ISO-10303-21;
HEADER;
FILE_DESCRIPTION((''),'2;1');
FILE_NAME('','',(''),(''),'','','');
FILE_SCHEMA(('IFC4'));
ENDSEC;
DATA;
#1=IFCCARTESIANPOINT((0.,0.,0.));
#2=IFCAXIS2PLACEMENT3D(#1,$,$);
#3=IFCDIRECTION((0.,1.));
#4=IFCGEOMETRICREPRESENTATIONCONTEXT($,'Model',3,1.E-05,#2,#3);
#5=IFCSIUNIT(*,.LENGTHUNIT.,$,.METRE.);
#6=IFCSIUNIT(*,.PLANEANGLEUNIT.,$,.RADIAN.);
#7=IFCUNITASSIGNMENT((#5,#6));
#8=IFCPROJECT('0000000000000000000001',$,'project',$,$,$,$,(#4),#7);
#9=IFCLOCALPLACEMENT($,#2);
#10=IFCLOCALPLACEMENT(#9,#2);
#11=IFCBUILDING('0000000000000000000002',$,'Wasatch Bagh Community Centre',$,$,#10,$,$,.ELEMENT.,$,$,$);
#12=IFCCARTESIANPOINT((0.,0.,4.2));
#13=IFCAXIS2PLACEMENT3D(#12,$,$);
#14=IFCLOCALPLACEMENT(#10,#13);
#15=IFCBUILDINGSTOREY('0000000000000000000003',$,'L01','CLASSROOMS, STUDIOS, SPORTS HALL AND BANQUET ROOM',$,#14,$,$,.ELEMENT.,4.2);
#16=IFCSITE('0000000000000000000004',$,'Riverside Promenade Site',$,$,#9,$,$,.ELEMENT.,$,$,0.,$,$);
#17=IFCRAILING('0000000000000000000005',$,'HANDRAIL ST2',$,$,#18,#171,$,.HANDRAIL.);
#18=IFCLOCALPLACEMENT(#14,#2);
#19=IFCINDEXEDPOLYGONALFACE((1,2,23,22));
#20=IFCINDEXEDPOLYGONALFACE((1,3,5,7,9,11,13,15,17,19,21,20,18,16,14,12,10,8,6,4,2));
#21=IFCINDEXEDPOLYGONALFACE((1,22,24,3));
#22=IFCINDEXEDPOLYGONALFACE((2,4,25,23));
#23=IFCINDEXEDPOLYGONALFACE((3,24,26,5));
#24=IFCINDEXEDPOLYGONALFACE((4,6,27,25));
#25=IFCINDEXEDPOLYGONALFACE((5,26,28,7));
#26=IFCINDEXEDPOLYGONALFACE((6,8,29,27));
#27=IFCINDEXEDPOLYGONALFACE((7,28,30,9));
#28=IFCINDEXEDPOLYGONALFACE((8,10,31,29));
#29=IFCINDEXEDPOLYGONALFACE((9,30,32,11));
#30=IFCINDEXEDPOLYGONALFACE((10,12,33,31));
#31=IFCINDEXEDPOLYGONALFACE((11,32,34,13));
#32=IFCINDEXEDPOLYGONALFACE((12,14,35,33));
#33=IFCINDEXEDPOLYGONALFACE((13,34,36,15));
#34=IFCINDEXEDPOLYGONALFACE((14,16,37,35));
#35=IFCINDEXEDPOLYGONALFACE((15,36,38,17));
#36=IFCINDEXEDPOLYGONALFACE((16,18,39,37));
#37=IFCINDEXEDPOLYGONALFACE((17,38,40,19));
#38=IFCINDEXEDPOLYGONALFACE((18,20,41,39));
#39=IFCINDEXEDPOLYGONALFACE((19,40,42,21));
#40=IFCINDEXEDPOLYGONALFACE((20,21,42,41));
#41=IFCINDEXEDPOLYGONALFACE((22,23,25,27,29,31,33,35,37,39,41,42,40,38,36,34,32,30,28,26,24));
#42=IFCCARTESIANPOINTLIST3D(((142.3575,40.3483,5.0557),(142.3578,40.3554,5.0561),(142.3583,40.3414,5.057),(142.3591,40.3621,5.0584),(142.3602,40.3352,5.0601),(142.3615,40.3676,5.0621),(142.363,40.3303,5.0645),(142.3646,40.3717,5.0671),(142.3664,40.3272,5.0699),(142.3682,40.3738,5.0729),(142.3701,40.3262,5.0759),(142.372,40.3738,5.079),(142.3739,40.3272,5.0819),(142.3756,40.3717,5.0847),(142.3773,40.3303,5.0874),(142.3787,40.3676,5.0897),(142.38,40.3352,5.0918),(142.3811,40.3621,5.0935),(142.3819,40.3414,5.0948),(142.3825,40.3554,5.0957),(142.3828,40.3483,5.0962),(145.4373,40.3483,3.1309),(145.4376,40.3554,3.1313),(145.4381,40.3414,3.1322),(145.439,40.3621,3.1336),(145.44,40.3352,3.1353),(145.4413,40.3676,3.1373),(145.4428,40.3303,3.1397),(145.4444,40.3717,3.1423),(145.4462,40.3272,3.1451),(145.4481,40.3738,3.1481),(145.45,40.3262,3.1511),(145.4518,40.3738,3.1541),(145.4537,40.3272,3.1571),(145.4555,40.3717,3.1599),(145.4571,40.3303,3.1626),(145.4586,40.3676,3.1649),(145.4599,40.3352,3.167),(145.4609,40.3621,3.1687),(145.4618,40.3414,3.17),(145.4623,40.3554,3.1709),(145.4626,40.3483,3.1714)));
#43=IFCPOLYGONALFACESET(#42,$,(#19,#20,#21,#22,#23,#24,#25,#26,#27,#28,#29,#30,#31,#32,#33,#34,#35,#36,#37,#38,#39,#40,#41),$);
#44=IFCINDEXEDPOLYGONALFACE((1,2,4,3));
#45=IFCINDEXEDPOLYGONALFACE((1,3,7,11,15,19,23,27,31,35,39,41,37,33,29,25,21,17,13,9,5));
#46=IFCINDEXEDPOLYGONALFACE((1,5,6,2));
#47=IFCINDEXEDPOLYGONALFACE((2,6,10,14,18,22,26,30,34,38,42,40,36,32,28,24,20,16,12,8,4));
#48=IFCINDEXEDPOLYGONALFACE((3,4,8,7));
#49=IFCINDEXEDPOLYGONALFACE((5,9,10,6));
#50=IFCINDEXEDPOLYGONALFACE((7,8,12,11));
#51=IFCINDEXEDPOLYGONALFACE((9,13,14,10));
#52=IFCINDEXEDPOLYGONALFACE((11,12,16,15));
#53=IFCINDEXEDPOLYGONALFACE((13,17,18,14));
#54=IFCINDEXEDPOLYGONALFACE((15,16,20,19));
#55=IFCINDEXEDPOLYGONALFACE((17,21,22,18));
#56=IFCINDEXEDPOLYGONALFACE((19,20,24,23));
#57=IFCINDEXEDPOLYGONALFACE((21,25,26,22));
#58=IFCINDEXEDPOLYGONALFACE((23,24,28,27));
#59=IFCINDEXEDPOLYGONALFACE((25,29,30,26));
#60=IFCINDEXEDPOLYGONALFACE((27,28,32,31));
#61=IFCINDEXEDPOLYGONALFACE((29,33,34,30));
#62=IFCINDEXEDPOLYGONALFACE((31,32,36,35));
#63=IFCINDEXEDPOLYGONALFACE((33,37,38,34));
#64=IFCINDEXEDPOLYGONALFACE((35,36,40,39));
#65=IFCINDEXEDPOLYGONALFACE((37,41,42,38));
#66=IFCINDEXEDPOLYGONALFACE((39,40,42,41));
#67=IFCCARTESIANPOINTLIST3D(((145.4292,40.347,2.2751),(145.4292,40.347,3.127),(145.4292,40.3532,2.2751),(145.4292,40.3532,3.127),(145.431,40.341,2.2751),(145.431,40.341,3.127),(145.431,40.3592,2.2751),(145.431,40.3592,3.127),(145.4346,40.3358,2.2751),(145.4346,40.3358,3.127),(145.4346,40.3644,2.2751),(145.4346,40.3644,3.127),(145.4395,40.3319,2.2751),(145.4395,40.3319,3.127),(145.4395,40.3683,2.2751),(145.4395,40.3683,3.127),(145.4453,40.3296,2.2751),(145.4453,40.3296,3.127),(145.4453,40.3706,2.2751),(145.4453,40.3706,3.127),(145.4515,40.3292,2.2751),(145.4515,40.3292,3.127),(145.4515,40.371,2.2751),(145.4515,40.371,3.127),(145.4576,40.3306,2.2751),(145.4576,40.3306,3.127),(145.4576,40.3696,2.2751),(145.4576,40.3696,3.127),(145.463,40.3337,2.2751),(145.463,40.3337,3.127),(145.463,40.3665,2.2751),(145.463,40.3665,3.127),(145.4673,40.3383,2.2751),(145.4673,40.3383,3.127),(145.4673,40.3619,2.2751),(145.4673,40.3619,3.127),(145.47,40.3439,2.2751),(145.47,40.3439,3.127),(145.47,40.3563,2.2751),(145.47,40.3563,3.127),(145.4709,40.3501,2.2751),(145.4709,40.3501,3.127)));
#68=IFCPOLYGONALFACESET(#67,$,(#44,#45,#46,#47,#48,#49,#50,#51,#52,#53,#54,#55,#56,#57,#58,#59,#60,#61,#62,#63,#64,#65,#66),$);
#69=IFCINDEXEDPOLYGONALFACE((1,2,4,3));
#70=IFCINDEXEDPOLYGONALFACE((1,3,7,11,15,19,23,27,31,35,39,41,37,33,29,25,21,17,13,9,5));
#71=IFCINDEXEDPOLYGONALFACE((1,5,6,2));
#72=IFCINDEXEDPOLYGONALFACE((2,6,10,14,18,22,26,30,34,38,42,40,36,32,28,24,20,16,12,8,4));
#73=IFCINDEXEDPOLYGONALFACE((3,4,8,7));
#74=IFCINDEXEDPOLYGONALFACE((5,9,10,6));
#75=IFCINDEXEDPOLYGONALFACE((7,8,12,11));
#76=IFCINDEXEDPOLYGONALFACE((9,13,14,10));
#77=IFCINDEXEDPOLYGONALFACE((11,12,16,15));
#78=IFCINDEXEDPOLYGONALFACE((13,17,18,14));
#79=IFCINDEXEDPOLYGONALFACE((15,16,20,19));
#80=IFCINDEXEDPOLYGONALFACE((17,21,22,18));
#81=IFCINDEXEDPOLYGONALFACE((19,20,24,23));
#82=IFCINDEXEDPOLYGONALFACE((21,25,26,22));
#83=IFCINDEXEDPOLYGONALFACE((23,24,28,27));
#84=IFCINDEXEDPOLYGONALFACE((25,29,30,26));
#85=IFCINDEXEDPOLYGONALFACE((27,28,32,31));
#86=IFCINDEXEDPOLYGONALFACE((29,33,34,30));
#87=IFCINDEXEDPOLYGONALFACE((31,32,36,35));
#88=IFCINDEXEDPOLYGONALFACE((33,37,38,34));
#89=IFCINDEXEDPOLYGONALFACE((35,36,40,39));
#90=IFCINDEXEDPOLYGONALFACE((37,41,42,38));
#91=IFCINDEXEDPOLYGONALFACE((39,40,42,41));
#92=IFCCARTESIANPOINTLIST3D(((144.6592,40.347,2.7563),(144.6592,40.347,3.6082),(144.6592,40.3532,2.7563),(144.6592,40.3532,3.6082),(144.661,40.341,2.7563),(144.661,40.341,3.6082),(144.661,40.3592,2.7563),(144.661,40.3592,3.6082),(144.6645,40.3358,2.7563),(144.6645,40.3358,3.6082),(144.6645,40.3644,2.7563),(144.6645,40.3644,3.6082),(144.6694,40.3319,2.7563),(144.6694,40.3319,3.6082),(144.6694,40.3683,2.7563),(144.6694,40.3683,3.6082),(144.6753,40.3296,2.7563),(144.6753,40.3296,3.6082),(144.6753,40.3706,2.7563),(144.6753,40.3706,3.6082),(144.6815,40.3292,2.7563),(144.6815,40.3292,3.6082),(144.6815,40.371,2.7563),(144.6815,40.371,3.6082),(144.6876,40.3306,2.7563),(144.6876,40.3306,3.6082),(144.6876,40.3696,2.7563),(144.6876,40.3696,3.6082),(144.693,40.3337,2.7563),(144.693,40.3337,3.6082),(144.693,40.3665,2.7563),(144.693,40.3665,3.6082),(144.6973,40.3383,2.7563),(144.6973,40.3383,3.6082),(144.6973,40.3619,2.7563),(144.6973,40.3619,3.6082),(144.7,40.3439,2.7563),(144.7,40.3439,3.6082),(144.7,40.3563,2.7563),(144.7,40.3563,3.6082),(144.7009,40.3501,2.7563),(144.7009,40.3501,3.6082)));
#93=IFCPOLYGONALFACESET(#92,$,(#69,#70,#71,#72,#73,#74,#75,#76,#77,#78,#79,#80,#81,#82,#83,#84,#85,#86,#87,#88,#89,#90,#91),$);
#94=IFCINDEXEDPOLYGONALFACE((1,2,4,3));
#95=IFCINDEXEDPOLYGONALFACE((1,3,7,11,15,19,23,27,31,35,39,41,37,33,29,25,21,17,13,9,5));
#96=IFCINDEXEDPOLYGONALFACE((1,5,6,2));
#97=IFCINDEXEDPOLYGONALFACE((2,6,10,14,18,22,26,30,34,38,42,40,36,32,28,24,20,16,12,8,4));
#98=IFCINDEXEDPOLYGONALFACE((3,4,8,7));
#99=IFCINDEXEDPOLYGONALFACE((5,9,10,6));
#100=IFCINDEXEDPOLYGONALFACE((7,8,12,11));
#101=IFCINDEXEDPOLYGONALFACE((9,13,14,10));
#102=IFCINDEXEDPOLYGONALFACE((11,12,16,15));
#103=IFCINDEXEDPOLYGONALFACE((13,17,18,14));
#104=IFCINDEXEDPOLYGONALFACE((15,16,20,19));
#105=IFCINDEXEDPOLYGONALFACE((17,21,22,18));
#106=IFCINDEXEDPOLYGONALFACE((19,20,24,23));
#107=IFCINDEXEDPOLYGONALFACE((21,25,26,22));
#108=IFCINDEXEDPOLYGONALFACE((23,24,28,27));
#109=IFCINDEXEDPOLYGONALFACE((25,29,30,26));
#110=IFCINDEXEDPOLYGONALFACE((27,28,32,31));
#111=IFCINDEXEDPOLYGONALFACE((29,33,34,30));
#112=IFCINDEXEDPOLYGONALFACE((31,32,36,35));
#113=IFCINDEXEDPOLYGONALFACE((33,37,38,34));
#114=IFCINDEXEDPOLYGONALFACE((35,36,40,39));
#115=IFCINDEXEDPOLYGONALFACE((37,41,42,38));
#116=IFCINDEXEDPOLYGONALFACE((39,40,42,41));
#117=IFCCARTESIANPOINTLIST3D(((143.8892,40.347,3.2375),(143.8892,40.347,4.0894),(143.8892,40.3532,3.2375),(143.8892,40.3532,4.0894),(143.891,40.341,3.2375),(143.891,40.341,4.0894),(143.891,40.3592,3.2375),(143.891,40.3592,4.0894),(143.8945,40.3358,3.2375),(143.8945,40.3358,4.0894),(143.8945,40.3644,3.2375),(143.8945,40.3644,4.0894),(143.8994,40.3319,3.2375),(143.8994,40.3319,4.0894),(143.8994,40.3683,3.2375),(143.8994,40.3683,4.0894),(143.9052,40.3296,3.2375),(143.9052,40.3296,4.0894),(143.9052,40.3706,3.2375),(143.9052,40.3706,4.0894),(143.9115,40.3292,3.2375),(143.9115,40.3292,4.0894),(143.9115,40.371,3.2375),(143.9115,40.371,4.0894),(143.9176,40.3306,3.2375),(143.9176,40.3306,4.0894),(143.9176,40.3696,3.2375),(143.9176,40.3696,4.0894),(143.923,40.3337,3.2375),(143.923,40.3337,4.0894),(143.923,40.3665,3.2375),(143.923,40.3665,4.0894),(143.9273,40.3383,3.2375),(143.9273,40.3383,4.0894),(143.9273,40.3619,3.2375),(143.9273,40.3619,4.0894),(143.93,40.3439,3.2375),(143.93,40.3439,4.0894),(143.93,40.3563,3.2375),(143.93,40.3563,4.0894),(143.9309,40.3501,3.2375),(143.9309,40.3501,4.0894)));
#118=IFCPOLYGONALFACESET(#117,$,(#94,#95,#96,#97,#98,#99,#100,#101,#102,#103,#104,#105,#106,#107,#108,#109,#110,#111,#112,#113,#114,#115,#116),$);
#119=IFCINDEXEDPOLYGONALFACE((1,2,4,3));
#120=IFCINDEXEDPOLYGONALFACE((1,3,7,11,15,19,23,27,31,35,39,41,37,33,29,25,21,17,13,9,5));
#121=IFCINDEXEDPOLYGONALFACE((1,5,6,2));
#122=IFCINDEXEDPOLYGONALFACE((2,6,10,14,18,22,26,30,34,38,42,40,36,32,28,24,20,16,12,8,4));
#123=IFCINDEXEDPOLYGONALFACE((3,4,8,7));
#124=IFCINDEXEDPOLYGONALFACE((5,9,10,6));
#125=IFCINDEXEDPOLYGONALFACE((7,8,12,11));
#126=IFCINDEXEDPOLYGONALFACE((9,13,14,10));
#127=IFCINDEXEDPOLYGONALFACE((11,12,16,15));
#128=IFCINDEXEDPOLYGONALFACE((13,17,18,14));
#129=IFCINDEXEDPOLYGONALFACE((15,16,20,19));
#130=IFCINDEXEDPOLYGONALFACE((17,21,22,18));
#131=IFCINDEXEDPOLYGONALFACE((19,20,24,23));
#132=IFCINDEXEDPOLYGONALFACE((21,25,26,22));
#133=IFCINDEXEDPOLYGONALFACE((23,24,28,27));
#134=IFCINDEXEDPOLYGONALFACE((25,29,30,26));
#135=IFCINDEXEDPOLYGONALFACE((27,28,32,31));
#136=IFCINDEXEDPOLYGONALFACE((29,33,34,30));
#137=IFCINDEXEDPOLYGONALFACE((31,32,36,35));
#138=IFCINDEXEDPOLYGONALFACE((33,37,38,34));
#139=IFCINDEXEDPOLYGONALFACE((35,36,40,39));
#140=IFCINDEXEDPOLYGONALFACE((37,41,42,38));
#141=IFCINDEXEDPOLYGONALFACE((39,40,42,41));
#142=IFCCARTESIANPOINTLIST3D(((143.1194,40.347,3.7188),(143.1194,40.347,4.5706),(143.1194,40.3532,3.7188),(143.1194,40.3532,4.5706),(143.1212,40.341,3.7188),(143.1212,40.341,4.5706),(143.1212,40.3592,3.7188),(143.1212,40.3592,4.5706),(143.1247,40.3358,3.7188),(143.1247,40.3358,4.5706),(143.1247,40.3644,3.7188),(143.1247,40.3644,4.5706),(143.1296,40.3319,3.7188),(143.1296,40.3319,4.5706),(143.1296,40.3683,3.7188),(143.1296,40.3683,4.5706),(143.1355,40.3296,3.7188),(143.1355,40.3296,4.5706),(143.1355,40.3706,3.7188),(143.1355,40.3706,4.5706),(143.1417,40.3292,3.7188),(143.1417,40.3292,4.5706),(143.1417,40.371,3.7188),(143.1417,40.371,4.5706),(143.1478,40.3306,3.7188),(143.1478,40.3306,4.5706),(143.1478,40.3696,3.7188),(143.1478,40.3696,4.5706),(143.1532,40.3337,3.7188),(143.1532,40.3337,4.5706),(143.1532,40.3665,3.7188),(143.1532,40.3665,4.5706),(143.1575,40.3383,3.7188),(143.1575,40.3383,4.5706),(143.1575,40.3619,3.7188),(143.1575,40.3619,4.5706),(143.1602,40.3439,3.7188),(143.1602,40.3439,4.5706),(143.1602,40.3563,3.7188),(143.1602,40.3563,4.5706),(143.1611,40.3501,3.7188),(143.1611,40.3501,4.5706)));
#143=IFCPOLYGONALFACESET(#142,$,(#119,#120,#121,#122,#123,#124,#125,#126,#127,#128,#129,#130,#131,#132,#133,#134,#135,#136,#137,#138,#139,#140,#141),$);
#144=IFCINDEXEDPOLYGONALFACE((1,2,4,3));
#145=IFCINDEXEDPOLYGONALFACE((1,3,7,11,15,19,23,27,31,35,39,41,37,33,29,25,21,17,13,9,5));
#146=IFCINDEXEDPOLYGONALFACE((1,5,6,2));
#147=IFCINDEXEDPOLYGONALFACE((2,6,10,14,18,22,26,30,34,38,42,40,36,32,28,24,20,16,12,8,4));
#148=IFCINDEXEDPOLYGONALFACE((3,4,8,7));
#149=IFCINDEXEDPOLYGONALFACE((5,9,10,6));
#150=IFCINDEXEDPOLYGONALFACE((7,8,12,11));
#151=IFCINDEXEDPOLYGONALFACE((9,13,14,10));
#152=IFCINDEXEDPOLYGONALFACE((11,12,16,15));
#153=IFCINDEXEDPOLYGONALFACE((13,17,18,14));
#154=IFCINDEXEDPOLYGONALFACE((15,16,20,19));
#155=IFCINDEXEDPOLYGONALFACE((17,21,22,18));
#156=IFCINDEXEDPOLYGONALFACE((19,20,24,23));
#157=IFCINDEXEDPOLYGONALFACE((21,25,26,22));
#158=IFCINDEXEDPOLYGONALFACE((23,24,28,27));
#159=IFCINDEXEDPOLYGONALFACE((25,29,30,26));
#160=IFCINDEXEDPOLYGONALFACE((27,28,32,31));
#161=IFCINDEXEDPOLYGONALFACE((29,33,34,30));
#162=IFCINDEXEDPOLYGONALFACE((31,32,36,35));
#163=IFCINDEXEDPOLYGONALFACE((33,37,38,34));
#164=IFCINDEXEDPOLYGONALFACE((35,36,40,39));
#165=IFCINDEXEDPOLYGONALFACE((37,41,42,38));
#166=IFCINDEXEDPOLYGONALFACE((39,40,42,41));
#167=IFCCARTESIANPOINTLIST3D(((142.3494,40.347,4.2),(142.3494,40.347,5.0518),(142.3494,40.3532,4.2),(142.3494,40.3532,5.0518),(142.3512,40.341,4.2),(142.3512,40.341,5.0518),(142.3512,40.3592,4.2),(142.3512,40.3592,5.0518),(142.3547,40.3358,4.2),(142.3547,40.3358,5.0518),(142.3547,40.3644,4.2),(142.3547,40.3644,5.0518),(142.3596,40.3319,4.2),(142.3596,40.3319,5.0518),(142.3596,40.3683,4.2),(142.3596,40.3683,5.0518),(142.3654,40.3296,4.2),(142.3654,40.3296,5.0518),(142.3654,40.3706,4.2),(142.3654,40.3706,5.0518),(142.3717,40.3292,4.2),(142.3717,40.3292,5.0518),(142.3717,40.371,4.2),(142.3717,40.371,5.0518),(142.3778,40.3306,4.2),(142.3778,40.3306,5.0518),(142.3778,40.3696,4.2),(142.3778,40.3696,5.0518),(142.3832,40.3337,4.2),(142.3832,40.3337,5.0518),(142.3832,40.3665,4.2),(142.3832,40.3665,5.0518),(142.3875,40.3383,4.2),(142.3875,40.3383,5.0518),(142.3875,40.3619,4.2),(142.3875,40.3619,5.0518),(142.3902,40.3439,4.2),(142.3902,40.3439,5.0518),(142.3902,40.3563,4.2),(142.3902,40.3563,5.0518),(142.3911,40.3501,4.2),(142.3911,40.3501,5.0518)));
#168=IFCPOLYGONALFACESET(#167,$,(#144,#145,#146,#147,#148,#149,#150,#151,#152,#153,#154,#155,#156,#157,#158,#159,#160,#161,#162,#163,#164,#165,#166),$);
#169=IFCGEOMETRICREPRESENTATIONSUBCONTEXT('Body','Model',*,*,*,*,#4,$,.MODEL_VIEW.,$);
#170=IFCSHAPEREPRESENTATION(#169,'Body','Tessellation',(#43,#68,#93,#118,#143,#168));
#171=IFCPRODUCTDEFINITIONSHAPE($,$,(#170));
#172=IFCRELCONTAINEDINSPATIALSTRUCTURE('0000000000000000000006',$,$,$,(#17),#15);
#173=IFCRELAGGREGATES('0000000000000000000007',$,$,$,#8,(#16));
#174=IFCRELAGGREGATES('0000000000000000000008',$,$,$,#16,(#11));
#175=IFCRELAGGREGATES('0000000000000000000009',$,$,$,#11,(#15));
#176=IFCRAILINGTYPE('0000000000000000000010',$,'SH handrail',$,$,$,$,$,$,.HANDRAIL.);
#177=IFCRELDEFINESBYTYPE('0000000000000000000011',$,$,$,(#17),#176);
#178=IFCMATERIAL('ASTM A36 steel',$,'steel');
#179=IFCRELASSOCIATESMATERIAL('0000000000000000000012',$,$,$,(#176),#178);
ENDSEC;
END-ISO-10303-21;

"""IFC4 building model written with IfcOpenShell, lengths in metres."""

from ifc_helpers import new_model, si_unit, direction, frame, origin, origin_2d, place, context, subcontext, project, spatial, circle, extrude, material, type_object, element, save


model = new_model("IFC4")

# Units and contexts
model_context = context("Model", 3, precision=1e-05, world=origin(), true_north=direction((0.0, 1.0)))
body_context = subcontext(model_context, "Body", "Model", "MODEL_VIEW")
ifc_project = project(units=[si_unit("LENGTHUNIT", "METRE"), si_unit("PLANEANGLEUNIT", "RADIAN")], contexts=[model_context])

# Site, building, storey
site_placement = place(None, origin())
site = spatial("IfcSite", under=ifc_project, at=site_placement, Name="Riverside Promenade Site", CompositionType="ELEMENT", RefElevation=0.0)
building_placement = place(site_placement, origin())
building = spatial("IfcBuilding", under=site, at=building_placement, Name="Wasatch Bagh Community Centre", CompositionType="ELEMENT")
storey_placement = place(building_placement, frame((0.0, 0.0, 4.2)))
storey = spatial("IfcBuildingStorey", under=building, at=storey_placement, Name="L01", Description="CLASSROOMS, STUDIOS, SPORTS HALL AND BANQUET ROOM", CompositionType="ELEMENT", Elevation=4.2)

# Railing
ifc_material_1 = material(Name="ASTM A36 steel", Category="steel")
railing_type_1 = type_object("IfcRailingType", Name="SH handrail", PredefinedType="HANDRAIL", material=ifc_material_1)
for number, where, name in (
    (1, (145.45, 40.3501, 2.2751), "HANDRAIL ST2"),
):
    element("IfcRailing", number, at=place(storey_placement, frame(where)), inside=storey, type_object=railing_type_1, Name=name, PredefinedType="HANDRAIL", context=body_context, shape_type="SweptSolid", body=[
        extrude(circle(Radius=0.0239, at=origin_2d()), frame((0.0, 0.0, 0.876), z_axis=(-0.84801, 0.0, 0.529981), x_axis=(0.0, -1.0, 0.0)), (0.0, 0.0, 1.0), 3.6318),
        extrude(circle(Radius=0.021, at=origin_2d()), origin(), (0.0, 0.0, 1.0), 0.8518),
        extrude(circle(Radius=0.021, at=origin_2d()), frame((-0.77, 0.0, 0.4812)), (0.0, 0.0, 1.0), 0.8518),
        extrude(circle(Radius=0.021, at=origin_2d()), frame((-1.54, 0.0, 0.9624)), (0.0, 0.0, 1.0), 0.8518),
        extrude(circle(Radius=0.021, at=origin_2d()), frame((-2.3098, 0.0, 1.4436)), (0.0, 0.0, 1.0), 0.8518),
        extrude(circle(Radius=0.021, at=origin_2d()), frame((-3.0798, 0.0, 1.9248)), (0.0, 0.0, 1.0), 0.8518),
    ])

save(model, "model.ifc")
